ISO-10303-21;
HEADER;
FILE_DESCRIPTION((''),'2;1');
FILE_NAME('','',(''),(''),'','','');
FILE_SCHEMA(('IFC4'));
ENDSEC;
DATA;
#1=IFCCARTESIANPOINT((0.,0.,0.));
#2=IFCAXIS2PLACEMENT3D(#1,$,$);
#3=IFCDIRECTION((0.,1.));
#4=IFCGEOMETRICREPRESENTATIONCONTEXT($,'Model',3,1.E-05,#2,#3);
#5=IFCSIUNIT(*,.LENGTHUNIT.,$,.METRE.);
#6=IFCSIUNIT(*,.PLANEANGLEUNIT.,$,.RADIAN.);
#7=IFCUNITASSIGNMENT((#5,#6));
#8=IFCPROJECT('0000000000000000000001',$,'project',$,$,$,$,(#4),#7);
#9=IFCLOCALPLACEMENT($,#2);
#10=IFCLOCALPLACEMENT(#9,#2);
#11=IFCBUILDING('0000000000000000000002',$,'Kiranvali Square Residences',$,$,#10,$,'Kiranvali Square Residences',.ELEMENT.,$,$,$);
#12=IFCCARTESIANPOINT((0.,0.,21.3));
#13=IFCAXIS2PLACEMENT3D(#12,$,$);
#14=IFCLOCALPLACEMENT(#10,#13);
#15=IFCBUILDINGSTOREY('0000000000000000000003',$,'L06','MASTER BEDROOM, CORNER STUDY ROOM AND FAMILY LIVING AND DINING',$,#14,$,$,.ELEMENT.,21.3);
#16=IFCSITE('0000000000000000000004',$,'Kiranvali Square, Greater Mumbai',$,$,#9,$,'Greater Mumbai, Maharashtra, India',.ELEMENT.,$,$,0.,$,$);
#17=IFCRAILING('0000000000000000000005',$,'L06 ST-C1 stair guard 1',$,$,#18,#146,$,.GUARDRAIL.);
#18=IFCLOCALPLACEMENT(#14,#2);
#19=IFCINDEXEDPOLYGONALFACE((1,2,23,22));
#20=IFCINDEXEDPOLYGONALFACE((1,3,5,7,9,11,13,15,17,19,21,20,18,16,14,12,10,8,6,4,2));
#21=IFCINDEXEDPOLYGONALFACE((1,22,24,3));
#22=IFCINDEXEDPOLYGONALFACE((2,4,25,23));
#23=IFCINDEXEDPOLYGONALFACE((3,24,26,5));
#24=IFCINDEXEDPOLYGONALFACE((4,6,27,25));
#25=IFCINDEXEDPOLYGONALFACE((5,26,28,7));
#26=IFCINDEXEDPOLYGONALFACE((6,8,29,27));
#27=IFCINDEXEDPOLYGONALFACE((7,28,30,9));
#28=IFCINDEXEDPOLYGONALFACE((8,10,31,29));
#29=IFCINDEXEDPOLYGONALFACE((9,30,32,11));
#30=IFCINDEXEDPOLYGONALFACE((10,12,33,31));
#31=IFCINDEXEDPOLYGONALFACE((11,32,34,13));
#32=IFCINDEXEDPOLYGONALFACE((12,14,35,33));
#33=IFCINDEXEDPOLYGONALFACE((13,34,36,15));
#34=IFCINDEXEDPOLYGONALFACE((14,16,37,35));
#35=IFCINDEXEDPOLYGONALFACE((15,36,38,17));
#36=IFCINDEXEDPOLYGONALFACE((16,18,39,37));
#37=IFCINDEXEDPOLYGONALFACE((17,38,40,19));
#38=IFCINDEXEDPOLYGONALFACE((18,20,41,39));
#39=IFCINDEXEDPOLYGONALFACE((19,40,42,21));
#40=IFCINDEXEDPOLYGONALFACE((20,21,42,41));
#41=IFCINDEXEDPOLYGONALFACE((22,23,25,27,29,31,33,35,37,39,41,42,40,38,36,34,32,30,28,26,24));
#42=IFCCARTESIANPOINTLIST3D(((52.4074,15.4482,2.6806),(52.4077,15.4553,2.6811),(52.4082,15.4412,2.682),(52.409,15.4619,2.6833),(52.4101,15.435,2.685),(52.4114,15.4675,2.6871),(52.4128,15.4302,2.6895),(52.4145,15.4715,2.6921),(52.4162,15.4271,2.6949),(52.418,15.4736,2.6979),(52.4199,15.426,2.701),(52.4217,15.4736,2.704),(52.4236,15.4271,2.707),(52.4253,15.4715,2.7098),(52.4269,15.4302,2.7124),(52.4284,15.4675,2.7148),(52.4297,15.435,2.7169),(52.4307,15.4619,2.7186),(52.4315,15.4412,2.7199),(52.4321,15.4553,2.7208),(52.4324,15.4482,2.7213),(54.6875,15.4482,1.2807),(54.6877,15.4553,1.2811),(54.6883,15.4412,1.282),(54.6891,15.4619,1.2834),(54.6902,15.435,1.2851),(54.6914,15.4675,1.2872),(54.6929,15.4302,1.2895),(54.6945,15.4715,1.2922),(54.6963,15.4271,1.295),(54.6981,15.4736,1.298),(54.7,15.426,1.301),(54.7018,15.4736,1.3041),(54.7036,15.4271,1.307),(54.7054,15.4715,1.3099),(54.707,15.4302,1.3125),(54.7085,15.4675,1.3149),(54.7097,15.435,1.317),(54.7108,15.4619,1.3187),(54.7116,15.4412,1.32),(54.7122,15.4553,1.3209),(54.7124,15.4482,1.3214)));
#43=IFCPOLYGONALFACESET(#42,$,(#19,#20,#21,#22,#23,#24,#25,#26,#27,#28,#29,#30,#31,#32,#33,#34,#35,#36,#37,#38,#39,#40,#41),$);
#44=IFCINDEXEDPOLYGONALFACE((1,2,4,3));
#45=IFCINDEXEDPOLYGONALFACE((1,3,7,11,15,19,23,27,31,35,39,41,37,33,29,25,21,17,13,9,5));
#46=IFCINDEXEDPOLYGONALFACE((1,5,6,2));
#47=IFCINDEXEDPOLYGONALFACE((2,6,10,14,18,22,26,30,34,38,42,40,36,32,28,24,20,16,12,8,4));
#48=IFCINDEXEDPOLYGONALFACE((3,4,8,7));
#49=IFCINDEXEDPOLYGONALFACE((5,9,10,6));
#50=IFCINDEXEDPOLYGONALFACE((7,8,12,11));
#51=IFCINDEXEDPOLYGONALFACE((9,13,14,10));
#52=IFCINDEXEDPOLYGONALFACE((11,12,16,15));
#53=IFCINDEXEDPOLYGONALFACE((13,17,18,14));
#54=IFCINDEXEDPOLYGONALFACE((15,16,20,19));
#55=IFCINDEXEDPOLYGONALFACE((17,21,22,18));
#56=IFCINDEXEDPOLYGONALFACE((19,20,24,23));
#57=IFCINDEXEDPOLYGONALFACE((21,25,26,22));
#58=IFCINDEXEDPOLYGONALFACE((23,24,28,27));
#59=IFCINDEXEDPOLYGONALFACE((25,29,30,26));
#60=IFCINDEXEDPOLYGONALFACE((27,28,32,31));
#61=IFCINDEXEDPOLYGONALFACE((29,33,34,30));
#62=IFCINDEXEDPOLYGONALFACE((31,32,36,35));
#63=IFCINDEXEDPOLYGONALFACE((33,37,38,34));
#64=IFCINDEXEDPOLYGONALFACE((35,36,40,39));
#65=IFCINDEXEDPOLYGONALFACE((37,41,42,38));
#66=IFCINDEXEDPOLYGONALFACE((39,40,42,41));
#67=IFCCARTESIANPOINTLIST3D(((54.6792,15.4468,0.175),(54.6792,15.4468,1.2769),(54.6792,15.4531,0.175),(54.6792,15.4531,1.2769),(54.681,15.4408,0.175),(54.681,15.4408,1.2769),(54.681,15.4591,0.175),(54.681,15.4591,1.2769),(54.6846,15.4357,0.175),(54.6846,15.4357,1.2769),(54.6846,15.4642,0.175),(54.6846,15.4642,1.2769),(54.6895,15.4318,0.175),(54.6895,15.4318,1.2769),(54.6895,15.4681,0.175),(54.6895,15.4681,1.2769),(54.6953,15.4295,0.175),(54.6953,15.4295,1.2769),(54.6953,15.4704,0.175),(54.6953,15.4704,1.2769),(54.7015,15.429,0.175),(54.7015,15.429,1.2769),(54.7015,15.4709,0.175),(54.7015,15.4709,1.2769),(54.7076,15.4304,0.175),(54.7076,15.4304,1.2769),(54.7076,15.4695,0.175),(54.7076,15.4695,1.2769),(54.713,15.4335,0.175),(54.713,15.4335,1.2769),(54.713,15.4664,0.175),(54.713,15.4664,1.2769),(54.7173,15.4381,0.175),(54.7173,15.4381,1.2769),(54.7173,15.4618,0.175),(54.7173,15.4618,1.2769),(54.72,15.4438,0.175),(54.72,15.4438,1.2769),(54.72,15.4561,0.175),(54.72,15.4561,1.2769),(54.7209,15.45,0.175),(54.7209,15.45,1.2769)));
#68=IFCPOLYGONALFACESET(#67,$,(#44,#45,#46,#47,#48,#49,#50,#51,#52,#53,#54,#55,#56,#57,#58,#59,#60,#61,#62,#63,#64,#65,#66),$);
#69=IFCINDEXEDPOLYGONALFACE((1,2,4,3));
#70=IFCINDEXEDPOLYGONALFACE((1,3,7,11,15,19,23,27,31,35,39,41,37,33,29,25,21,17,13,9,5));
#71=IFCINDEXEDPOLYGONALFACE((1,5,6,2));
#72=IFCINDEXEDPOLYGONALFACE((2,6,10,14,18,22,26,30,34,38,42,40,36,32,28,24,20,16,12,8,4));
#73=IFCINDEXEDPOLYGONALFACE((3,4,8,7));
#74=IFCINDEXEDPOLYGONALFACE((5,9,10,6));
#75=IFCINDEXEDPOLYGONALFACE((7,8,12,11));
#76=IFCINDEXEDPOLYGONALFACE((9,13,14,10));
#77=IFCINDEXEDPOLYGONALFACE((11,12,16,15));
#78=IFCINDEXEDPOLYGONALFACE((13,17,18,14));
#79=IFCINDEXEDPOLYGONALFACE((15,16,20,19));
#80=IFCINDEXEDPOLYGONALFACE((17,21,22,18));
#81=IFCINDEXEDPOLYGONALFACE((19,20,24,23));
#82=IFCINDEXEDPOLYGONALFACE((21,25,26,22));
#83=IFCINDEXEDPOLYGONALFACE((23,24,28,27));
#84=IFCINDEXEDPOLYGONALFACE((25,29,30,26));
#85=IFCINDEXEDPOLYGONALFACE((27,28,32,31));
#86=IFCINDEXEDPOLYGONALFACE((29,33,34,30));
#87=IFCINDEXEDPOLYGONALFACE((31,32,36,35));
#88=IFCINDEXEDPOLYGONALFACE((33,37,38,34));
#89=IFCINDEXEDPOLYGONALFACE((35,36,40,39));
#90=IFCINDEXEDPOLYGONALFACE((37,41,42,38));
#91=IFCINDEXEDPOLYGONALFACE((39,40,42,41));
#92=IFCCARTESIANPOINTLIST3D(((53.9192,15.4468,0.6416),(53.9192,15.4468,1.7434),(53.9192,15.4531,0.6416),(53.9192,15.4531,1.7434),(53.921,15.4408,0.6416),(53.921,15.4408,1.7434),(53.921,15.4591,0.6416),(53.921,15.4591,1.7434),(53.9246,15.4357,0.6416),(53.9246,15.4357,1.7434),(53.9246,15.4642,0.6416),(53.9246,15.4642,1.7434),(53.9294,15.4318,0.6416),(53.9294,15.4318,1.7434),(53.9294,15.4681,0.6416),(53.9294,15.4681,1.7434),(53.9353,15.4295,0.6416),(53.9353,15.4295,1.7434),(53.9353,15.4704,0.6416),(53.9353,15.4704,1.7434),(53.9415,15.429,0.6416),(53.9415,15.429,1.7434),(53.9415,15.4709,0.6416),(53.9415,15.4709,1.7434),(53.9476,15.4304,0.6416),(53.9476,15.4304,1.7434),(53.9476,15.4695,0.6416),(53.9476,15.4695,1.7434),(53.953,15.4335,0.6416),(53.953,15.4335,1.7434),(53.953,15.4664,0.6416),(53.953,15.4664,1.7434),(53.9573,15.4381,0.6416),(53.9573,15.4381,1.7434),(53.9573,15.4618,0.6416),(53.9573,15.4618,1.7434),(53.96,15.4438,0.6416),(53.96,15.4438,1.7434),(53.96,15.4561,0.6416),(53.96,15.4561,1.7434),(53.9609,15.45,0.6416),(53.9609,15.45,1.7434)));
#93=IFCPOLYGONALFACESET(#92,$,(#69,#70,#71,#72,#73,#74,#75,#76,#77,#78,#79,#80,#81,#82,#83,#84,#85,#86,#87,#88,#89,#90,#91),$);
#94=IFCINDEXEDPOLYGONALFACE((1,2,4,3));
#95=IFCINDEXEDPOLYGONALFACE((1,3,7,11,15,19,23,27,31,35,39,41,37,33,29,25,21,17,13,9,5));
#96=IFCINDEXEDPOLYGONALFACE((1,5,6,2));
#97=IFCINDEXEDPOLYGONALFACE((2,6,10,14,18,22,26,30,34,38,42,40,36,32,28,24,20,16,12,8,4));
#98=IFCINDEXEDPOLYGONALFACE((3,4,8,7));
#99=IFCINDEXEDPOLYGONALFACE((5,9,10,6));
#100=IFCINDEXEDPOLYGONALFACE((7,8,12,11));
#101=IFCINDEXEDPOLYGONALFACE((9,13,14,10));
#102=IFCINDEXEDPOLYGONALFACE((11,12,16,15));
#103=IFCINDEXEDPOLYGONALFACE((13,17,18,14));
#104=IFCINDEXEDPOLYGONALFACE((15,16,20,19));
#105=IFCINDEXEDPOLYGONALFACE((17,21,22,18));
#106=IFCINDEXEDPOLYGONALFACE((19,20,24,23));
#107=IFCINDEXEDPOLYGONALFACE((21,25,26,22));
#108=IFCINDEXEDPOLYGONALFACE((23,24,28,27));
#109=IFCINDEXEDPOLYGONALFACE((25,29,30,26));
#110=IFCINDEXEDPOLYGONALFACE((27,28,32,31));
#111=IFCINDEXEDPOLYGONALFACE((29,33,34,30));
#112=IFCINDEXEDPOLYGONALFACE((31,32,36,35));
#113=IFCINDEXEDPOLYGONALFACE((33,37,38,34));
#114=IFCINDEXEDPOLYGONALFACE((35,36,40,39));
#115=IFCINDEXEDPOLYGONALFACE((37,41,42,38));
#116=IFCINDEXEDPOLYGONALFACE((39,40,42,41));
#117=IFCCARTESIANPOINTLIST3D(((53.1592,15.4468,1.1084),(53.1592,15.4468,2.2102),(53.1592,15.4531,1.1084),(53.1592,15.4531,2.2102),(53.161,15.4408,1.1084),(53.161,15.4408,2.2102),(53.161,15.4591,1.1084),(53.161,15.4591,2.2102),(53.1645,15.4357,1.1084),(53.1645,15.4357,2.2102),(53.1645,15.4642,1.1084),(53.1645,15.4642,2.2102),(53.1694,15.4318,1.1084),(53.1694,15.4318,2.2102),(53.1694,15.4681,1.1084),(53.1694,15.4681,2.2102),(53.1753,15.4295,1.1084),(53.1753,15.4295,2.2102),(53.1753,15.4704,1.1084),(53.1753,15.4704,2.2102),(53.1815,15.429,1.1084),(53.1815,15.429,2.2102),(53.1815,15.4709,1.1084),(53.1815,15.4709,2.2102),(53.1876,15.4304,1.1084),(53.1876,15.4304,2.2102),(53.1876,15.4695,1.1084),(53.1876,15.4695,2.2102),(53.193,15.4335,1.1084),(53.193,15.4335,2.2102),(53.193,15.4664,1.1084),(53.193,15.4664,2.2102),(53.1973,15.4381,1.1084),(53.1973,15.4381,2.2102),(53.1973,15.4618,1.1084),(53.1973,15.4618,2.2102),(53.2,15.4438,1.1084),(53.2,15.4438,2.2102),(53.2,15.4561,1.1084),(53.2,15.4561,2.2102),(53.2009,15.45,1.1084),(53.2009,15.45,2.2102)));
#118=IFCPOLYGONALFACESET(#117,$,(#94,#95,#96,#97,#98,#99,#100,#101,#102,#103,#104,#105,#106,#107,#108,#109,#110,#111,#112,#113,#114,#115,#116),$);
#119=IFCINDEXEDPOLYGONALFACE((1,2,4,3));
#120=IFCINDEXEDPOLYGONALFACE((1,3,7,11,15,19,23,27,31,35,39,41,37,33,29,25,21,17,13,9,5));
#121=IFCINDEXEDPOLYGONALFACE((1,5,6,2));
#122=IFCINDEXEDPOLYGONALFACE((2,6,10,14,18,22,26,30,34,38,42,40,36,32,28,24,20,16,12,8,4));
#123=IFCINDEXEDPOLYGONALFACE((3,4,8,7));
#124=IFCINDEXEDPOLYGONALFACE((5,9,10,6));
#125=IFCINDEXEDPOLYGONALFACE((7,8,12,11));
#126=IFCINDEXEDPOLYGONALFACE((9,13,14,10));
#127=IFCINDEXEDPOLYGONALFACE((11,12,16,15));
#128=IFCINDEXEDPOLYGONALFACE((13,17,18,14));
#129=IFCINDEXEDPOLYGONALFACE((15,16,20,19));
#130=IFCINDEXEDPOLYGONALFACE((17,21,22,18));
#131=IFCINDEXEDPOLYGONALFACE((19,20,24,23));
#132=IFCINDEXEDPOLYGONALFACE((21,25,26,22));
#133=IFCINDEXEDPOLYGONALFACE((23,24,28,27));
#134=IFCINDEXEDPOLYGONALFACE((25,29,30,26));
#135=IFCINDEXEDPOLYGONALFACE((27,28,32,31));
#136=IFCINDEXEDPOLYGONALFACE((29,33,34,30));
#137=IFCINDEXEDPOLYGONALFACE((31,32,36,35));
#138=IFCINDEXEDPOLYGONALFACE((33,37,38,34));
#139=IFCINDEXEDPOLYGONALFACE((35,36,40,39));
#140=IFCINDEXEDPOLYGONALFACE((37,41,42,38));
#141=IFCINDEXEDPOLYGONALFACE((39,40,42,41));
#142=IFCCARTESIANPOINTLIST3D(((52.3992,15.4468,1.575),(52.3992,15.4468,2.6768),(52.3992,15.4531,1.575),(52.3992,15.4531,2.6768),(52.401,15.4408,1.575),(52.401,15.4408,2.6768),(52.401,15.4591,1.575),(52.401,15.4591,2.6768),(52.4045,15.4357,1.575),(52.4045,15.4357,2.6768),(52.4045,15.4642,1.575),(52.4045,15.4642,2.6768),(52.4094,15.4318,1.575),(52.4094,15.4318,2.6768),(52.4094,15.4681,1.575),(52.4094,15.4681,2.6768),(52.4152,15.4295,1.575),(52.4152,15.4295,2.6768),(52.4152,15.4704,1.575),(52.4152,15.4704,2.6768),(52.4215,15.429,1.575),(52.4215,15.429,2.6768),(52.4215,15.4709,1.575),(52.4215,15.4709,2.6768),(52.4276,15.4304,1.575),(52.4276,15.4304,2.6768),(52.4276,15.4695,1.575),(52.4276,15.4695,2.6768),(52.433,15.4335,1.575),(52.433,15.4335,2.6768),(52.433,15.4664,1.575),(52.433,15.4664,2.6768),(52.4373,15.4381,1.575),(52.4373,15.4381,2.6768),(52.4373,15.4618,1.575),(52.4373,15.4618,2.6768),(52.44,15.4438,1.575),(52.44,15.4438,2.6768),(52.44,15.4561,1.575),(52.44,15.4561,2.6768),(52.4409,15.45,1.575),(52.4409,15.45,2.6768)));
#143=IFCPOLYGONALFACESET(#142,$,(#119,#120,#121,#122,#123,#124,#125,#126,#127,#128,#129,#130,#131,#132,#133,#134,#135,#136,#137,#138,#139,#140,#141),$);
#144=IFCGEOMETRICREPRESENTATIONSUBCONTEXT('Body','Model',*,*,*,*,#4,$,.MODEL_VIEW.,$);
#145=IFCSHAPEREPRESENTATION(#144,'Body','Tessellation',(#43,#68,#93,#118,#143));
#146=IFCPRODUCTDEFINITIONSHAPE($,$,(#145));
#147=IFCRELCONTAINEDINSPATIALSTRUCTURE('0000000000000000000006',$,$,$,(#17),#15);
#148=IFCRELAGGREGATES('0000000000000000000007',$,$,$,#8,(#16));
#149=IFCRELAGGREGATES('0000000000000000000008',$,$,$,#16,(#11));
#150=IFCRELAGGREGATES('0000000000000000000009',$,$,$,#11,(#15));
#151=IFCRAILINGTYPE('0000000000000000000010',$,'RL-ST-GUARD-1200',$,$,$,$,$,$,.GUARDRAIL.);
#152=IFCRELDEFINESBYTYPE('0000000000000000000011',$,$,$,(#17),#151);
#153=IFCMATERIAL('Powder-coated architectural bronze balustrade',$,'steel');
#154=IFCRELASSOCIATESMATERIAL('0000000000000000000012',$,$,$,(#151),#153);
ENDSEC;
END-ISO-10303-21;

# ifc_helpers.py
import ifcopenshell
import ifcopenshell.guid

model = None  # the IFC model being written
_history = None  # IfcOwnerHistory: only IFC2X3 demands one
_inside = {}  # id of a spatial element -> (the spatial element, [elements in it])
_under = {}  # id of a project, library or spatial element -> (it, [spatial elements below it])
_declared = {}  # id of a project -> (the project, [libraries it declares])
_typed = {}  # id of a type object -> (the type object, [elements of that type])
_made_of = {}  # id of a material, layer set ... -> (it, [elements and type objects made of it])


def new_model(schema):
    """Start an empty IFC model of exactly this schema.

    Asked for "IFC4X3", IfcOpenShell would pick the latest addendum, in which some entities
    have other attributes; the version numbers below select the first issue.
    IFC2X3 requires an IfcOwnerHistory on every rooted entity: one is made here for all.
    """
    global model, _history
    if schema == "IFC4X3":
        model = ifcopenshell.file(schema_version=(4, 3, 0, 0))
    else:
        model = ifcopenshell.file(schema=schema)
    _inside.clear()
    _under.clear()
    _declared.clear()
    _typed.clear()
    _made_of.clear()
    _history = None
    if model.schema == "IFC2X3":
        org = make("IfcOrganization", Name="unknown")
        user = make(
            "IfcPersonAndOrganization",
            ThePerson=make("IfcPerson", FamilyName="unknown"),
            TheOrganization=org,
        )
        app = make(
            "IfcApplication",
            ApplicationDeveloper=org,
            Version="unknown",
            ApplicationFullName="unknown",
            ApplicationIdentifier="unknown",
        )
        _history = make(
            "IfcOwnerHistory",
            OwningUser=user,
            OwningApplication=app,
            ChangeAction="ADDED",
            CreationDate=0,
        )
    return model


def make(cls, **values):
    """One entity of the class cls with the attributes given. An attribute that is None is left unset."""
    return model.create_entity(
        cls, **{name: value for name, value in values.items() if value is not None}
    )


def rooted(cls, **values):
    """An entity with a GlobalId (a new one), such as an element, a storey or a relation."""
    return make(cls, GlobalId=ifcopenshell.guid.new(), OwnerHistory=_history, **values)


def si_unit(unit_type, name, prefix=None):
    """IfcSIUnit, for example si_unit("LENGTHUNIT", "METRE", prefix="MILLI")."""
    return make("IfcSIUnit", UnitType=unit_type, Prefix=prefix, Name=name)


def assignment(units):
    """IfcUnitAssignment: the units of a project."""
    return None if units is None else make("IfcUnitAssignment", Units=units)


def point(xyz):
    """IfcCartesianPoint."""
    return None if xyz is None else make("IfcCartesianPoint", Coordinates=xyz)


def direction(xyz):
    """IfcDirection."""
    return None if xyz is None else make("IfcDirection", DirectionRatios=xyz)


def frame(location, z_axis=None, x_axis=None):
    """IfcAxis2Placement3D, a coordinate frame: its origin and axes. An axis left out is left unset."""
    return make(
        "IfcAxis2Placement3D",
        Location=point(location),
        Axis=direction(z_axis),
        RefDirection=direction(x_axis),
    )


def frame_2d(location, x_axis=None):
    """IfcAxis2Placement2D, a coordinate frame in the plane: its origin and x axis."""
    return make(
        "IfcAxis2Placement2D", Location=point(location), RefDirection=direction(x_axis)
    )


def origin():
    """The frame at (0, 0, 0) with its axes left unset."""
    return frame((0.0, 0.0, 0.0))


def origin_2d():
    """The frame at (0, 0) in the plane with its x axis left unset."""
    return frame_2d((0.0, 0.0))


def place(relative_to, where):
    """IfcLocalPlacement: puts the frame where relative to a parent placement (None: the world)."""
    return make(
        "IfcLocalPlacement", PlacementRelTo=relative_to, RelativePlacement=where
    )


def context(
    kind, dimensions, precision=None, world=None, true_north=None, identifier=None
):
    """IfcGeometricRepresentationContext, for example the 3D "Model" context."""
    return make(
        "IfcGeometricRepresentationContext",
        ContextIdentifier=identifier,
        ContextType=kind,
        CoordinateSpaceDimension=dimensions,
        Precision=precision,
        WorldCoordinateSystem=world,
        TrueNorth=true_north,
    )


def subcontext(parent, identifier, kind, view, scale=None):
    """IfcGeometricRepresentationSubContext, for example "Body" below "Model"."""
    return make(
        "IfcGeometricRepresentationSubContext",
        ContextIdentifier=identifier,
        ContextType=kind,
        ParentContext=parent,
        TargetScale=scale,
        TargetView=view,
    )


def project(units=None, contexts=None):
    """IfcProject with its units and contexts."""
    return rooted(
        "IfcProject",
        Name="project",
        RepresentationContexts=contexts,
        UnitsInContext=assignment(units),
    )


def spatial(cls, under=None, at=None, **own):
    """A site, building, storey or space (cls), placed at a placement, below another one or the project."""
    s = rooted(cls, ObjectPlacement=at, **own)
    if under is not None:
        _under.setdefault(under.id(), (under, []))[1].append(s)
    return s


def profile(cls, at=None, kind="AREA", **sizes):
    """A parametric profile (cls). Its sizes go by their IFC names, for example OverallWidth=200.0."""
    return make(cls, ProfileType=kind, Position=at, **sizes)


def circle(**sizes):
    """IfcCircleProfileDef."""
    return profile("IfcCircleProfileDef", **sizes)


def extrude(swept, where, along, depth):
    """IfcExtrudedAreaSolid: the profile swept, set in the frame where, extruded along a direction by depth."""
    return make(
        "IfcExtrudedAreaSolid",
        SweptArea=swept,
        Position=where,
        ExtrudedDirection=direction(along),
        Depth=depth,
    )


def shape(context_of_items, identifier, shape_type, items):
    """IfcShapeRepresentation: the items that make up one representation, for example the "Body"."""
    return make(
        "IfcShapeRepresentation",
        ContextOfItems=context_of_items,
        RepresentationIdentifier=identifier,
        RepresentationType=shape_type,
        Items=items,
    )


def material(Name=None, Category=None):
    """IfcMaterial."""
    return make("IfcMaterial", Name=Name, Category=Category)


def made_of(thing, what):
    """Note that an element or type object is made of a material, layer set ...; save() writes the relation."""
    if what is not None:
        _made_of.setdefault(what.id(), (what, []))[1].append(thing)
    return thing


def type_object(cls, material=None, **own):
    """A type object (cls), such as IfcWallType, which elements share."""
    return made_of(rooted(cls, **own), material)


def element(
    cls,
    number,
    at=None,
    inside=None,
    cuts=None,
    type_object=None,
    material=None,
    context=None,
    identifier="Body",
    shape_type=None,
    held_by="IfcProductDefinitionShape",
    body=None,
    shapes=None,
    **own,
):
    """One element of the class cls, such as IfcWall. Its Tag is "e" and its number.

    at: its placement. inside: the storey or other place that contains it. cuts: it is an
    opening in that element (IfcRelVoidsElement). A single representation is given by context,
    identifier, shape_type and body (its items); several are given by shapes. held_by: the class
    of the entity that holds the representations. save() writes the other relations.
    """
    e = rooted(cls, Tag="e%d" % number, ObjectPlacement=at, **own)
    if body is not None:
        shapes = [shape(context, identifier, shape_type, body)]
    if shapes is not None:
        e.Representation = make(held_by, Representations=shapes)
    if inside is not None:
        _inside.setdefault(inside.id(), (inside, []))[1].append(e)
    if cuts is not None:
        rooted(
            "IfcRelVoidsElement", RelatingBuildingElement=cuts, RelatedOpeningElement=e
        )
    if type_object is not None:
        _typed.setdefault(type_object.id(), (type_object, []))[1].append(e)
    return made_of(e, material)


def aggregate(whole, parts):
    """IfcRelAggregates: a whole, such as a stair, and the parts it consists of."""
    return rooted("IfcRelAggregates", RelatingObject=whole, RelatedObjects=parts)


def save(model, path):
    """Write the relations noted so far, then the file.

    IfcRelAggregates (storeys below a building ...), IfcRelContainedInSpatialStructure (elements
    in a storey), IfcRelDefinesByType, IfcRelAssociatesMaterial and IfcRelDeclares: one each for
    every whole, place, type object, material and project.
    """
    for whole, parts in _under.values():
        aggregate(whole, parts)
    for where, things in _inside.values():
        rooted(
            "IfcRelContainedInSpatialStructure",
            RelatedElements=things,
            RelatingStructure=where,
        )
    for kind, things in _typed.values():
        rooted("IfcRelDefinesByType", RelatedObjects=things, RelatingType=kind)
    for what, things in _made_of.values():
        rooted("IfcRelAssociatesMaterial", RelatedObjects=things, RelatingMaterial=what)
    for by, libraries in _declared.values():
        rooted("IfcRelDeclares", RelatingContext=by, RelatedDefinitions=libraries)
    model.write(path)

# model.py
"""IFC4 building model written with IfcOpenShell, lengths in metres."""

from ifc_helpers import new_model, si_unit, direction, frame, origin, origin_2d, place, context, subcontext, project, spatial, circle, extrude, material, type_object, element, save


model = new_model("IFC4")

# Units and contexts
model_context = context("Model", 3, precision=1e-05, world=origin(), true_north=direction((0.0, 1.0)))
body_context = subcontext(model_context, "Body", "Model", "MODEL_VIEW")
ifc_project = project(units=[si_unit("LENGTHUNIT", "METRE"), si_unit("PLANEANGLEUNIT", "RADIAN")], contexts=[model_context])

# Site, building, storey
site_placement = place(None, origin())
site = spatial("IfcSite", under=ifc_project, at=site_placement, Name="Kiranvali Square, Greater Mumbai", LongName="Greater Mumbai, Maharashtra, India", CompositionType="ELEMENT", RefElevation=0.0)
building_placement = place(site_placement, origin())
building = spatial("IfcBuilding", under=site, at=building_placement, Name="Kiranvali Square Residences", LongName="Kiranvali Square Residences", CompositionType="ELEMENT")
storey_placement = place(building_placement, frame((0.0, 0.0, 21.3)))
storey = spatial("IfcBuildingStorey", under=building, at=storey_placement, Name="L06", Description="MASTER BEDROOM, CORNER STUDY ROOM AND FAMILY LIVING AND DINING", CompositionType="ELEMENT", Elevation=21.3)

# Railing
ifc_material_1 = material(Name="Powder-coated architectural bronze balustrade", Category="steel")
railing_type_1 = type_object("IfcRailingType", Name="RL-ST-GUARD-1200", PredefinedType="GUARDRAIL", material=ifc_material_1)
railing_1_placement = place(storey_placement, frame((54.7, 15.45, 0.175)))
element("IfcRailing", 1, at=railing_1_placement, inside=storey, type_object=railing_type_1, Name="L06 ST-C1 stair guard 1", PredefinedType="GUARDRAIL", context=body_context, shape_type="SweptSolid", body=[
    extrude(circle(Radius=0.0239, at=origin_2d()), frame((0.0, 0.0, 1.126), z_axis=(-0.85219, 0.0, 0.523232), x_axis=(0.0, -1.0, 0.0)), (0.0, 0.0, 1.0), 2.6755),
    extrude(circle(Radius=0.021, at=origin_2d()), origin(), (0.0, 0.0, 1.0), 1.1018),
    extrude(circle(Radius=0.021, at=origin_2d()), frame((-0.76, 0.0, 0.4666)), (0.0, 0.0, 1.0), 1.1018),
    extrude(circle(Radius=0.021, at=origin_2d()), frame((-1.52, 0.0, 0.9333)), (0.0, 0.0, 1.0), 1.1018),
    extrude(circle(Radius=0.021, at=origin_2d()), frame((-2.28, 0.0, 1.3999)), (0.0, 0.0, 1.0), 1.1018),
])

save(model, "model.ifc")
